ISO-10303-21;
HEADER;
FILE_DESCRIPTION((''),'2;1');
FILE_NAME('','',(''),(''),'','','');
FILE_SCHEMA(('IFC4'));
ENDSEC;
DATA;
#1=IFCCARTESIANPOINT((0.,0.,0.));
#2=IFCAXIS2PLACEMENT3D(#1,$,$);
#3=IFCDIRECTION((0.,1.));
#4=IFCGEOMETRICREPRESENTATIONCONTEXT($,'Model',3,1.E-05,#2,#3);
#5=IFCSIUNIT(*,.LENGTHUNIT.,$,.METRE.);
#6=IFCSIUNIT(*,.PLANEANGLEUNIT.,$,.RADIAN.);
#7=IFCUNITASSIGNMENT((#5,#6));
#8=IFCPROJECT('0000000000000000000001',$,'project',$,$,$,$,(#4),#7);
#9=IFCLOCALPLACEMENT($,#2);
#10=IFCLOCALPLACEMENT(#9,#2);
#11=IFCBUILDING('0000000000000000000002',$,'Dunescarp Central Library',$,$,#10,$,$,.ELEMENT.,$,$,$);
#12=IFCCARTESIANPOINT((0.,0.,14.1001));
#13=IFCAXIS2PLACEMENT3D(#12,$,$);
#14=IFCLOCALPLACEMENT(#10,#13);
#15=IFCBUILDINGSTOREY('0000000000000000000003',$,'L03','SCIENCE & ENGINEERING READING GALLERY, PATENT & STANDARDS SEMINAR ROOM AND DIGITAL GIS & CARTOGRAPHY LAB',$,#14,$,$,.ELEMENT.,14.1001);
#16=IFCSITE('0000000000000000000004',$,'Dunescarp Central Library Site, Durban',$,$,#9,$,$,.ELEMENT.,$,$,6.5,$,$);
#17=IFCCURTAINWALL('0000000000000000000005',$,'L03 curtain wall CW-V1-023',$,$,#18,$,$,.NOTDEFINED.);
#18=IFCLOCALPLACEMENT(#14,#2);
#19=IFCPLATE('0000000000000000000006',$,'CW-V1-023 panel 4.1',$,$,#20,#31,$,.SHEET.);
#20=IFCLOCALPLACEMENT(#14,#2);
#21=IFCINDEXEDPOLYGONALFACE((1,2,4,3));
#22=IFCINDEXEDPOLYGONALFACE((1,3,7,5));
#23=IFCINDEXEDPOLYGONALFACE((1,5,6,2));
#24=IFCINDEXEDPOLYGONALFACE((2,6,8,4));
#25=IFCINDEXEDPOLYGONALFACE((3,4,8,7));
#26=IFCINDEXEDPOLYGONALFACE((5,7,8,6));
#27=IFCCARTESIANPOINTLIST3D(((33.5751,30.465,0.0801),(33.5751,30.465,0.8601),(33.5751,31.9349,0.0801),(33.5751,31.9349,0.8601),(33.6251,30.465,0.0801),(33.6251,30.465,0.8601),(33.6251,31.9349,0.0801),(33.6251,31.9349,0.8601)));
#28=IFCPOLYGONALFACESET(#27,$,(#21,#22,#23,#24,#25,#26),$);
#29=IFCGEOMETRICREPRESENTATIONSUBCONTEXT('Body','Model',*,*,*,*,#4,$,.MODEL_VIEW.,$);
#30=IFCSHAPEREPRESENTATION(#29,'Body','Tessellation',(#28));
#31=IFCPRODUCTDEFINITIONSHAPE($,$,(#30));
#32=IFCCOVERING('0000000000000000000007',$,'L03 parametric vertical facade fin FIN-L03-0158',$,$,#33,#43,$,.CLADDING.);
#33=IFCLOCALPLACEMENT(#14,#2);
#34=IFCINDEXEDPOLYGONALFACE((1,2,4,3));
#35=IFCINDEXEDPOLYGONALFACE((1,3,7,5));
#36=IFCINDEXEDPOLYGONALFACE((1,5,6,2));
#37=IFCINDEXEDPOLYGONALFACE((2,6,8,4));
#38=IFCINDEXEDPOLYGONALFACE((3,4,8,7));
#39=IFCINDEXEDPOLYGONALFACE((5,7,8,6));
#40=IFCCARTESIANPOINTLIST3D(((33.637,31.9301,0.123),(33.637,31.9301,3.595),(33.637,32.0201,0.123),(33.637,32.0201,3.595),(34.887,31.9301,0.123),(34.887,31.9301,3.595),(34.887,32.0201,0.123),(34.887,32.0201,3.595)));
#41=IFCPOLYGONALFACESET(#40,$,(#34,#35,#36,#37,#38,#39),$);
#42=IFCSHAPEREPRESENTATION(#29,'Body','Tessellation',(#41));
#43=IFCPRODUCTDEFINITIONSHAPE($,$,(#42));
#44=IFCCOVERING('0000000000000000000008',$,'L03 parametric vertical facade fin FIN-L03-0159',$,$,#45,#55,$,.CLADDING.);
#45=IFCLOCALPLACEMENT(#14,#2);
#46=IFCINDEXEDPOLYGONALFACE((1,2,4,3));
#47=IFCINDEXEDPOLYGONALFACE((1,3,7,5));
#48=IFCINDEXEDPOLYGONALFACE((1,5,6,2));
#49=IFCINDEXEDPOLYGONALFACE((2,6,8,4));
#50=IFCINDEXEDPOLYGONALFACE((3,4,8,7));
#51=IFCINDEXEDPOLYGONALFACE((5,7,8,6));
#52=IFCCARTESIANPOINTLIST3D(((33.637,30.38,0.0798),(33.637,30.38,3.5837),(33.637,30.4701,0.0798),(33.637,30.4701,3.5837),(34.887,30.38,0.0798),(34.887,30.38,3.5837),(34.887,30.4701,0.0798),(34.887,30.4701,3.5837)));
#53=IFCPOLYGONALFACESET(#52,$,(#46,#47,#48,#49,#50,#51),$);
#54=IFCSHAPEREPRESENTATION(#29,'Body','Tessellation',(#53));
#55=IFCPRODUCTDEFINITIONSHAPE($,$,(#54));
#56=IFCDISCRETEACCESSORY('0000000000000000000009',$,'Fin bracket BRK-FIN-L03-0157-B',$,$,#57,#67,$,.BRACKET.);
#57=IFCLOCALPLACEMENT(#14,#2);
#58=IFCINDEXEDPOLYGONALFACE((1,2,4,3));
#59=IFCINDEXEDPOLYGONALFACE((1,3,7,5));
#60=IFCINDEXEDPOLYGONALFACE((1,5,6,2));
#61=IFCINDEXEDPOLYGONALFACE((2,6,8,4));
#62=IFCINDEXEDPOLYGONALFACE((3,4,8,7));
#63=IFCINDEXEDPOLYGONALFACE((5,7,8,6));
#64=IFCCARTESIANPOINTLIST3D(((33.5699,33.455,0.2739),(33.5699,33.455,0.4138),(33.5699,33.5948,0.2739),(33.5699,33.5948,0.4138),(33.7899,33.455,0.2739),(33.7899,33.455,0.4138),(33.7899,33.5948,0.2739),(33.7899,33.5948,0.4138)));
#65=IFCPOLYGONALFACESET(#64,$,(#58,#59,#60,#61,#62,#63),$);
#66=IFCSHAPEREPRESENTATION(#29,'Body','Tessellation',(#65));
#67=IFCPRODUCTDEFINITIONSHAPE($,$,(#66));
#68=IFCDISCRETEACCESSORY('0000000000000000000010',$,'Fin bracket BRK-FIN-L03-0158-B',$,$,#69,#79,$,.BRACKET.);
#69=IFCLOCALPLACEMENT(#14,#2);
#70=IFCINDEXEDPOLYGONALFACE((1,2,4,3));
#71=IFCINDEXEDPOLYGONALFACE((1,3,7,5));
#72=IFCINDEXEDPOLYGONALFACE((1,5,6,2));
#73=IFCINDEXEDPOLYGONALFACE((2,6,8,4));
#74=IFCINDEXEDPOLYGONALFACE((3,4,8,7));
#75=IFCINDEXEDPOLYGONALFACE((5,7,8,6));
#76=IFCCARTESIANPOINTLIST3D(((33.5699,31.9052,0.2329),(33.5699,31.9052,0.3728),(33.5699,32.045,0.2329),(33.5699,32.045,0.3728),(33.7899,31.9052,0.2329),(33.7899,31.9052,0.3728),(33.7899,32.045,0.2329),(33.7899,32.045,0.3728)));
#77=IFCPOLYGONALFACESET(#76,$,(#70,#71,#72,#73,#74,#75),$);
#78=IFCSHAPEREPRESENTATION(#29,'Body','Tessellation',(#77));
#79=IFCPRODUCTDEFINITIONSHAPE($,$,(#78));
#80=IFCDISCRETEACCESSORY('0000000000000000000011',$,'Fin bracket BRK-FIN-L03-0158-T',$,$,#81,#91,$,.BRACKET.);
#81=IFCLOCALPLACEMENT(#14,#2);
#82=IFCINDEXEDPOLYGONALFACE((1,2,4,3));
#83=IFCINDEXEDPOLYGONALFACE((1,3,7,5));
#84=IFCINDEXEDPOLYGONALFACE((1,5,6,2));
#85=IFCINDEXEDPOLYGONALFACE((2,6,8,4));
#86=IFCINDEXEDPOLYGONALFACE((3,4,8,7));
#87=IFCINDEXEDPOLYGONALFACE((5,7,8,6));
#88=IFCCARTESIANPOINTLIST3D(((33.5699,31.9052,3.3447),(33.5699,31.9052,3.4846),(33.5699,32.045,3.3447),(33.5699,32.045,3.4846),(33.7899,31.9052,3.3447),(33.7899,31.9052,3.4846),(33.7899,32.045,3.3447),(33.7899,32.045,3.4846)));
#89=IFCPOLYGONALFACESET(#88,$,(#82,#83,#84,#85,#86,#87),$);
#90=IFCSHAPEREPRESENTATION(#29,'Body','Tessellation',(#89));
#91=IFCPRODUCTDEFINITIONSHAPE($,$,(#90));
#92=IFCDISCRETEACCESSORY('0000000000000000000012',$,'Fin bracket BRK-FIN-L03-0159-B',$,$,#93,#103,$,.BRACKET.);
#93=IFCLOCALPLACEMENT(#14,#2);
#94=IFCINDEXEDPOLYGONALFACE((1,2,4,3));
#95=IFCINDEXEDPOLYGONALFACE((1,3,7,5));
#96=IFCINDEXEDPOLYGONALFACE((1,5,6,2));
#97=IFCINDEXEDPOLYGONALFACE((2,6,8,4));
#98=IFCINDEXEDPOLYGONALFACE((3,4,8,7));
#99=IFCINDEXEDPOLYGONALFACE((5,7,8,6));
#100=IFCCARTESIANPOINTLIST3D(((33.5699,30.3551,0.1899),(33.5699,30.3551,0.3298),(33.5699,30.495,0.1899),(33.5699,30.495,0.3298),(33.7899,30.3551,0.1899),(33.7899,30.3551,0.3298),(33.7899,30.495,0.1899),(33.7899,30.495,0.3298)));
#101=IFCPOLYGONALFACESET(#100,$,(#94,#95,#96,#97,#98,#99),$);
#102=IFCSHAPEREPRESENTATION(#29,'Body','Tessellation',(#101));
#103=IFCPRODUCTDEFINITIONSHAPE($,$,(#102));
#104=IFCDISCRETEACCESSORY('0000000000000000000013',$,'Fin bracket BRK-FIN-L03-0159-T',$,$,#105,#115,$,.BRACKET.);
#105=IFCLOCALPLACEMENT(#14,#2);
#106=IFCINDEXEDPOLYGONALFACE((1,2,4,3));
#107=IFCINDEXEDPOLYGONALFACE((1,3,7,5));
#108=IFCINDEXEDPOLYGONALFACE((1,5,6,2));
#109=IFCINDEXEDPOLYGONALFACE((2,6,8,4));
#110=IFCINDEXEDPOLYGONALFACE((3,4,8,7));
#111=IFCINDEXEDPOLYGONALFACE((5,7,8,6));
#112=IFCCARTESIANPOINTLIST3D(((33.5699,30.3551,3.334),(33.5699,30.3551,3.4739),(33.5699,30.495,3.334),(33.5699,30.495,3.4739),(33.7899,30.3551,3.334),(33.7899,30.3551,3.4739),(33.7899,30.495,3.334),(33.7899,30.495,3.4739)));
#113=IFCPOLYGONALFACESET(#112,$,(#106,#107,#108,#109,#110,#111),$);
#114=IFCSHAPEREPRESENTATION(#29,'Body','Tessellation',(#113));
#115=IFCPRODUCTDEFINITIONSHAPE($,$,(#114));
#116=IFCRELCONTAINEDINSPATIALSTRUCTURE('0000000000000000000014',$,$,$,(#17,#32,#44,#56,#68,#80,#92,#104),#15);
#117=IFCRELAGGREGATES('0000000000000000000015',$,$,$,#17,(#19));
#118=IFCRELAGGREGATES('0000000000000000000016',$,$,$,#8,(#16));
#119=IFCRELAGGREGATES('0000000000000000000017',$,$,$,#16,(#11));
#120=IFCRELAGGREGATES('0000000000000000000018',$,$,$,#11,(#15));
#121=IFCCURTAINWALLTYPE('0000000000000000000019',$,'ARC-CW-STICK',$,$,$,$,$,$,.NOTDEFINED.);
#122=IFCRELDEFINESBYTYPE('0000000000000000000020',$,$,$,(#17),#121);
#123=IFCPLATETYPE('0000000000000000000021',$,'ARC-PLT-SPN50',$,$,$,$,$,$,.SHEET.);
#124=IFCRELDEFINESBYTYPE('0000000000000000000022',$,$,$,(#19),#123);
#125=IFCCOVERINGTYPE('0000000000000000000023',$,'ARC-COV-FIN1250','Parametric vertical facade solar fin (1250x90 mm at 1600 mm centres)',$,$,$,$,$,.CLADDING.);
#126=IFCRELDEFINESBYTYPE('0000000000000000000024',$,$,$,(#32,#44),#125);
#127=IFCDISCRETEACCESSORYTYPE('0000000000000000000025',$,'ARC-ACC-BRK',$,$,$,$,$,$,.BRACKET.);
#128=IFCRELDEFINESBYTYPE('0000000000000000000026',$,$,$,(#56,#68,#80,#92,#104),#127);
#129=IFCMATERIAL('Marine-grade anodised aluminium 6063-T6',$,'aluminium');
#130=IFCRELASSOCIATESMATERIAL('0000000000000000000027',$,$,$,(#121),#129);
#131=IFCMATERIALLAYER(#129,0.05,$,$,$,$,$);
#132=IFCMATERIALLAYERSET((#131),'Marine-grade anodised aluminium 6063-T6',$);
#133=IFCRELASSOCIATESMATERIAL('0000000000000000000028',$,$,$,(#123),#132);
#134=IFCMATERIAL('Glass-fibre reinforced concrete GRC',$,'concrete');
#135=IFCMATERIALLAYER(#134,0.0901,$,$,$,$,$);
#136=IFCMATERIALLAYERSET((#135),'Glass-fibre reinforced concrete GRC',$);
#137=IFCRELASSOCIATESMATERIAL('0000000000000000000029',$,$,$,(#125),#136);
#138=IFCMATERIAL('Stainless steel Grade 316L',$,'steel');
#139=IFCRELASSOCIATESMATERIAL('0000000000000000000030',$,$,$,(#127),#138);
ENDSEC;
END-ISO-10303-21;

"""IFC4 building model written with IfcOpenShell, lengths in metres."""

from ifc_helpers import new_model, si_unit, direction, frame, origin, origin_2d, place, context, subcontext, project, spatial, rectangle, extrude, material, layer, layer_set, type_object, element, aggregate, save


model = new_model("IFC4")

# Units and contexts
model_context = context("Model", 3, precision=1e-05, world=origin(), true_north=direction((0.0, 1.0)))
body_context = subcontext(model_context, "Body", "Model", "MODEL_VIEW")
ifc_project = project(units=[si_unit("LENGTHUNIT", "METRE"), si_unit("PLANEANGLEUNIT", "RADIAN")], contexts=[model_context])

# Site, building, storey
site_placement = place(None, origin())
site = spatial("IfcSite", under=ifc_project, at=site_placement, Name="Dunescarp Central Library Site, Durban", CompositionType="ELEMENT", RefElevation=6.5)
building_placement = place(site_placement, origin())
building = spatial("IfcBuilding", under=site, at=building_placement, Name="Dunescarp Central Library", CompositionType="ELEMENT")
storey_placement = place(building_placement, frame((0.0, 0.0, 14.1001)))
storey = spatial("IfcBuildingStorey", under=building, at=storey_placement, Name="L03", Description="SCIENCE & ENGINEERING READING GALLERY, PATENT & STANDARDS SEMINAR ROOM AND DIGITAL GIS & CARTOGRAPHY LAB", CompositionType="ELEMENT", Elevation=14.1001)

# Curtain wall, plate
ifc_material_1 = material(Name="Marine-grade anodised aluminium 6063-T6", Category="aluminium")
curtain_wall_type = type_object("IfcCurtainWallType", Name="ARC-CW-STICK", PredefinedType="NOTDEFINED", material=ifc_material_1)
curtain_wall_placement = place(storey_placement, origin())
curtain_wall = element("IfcCurtainWall", 1, at=curtain_wall_placement, inside=storey, type_object=curtain_wall_type, Name="L03 curtain wall CW-V1-023", PredefinedType="NOTDEFINED")
ifc_layer_1 = layer(ifc_material_1, 0.05)
ifc_layer_set_1 = layer_set([ifc_layer_1], Name="Marine-grade anodised aluminium 6063-T6")
plate_type_1 = type_object("IfcPlateType", Name="ARC-PLT-SPN50", PredefinedType="SHEET", material=ifc_layer_set_1)
plate_1_placement = place(storey_placement, frame((33.6001, 31.2, 0.0801), z_axis=(0.0, 0.0, 1.0), x_axis=(0.0, -1.0, 0.0)))
plate_1 = element("IfcPlate", 2, at=plate_1_placement, type_object=plate_type_1, Name="CW-V1-023 panel 4.1", PredefinedType="SHEET", context=body_context, shape_type="SweptSolid", body=[
    extrude(rectangle(XDim=1.47, YDim=0.05, at=origin_2d()), origin(), (0.0, 0.0, 1.0), 0.78),
])
aggregate(curtain_wall, [plate_1])

# Coverings
ifc_material_2 = material(Name="Glass-fibre reinforced concrete GRC", Category="concrete")
ifc_layer_2 = layer(ifc_material_2, 0.0901)
ifc_layer_set_2 = layer_set([ifc_layer_2], Name="Glass-fibre reinforced concrete GRC")
covering_type = type_object("IfcCoveringType", Name="ARC-COV-FIN1250", Description="Parametric vertical facade solar fin (1250x90 mm at 1600 mm centres)", PredefinedType="CLADDING", material=ifc_layer_set_2)
covering_1_placement = place(storey_placement, frame((34.262, 31.9751, 0.123), z_axis=(0.0, 0.0, 1.0), x_axis=(1.0, 0.0, 0.0)))
element("IfcCovering", 3, at=covering_1_placement, inside=storey, type_object=covering_type, Name="L03 parametric vertical facade fin FIN-L03-0158", PredefinedType="CLADDING", context=body_context, shape_type="SweptSolid", body=[
    extrude(rectangle(XDim=1.25, YDim=0.0901, at=origin_2d()), origin(), (0.0, 0.0, 1.0), 3.4719),
])
covering_2_placement = place(storey_placement, frame((34.262, 30.425, 0.0798), z_axis=(0.0, 0.0, 1.0), x_axis=(1.0, 0.0, 0.0)))
element("IfcCovering", 4, at=covering_2_placement, inside=storey, type_object=covering_type, Name="L03 parametric vertical facade fin FIN-L03-0159", PredefinedType="CLADDING", context=body_context, shape_type="SweptSolid", body=[
    extrude(rectangle(XDim=1.25, YDim=0.0901, at=origin_2d()), origin(), (0.0, 0.0, 1.0), 3.5039),
])

# Discrete accessories
ifc_material_3 = material(Name="Stainless steel Grade 316L", Category="steel")
discrete_accessory_type = type_object("IfcDiscreteAccessoryType", Name="ARC-ACC-BRK", PredefinedType="BRACKET", material=ifc_material_3)
for number, where, z_axis, x_axis, name in (
    (5, (33.6799, 33.5249, 0.2739), (0.0, 0.0, 1.0), (1.0, 0.0, 0.0), "Fin bracket BRK-FIN-L03-0157-B"),
    (6, (33.6799, 31.9751, 0.2329), (0.0, 0.0, 1.0), (1.0, 0.0, 0.0), "Fin bracket BRK-FIN-L03-0158-B"),
    (7, (33.6799, 31.9751, 3.3447), (0.0, 0.0, 1.0), (1.0, 0.0, 0.0), "Fin bracket BRK-FIN-L03-0158-T"),
    (8, (33.6799, 30.425, 0.1899), (0.0, 0.0, 1.0), (1.0, 0.0, 0.0), "Fin bracket BRK-FIN-L03-0159-B"),
    (9, (33.6799, 30.425, 3.334), (0.0, 0.0, 1.0), (1.0, 0.0, 0.0), "Fin bracket BRK-FIN-L03-0159-T"),
):
    element("IfcDiscreteAccessory", number, at=place(storey_placement, frame(where, z_axis=z_axis, x_axis=x_axis)), inside=storey, type_object=discrete_accessory_type, Name=name, PredefinedType="BRACKET", context=body_context, shape_type="SweptSolid", body=[
        extrude(rectangle(XDim=0.22, YDim=0.1399, at=origin_2d()), origin(), (0.0, 0.0, 1.0), 0.1399),
    ])

save(model, "model.ifc")
